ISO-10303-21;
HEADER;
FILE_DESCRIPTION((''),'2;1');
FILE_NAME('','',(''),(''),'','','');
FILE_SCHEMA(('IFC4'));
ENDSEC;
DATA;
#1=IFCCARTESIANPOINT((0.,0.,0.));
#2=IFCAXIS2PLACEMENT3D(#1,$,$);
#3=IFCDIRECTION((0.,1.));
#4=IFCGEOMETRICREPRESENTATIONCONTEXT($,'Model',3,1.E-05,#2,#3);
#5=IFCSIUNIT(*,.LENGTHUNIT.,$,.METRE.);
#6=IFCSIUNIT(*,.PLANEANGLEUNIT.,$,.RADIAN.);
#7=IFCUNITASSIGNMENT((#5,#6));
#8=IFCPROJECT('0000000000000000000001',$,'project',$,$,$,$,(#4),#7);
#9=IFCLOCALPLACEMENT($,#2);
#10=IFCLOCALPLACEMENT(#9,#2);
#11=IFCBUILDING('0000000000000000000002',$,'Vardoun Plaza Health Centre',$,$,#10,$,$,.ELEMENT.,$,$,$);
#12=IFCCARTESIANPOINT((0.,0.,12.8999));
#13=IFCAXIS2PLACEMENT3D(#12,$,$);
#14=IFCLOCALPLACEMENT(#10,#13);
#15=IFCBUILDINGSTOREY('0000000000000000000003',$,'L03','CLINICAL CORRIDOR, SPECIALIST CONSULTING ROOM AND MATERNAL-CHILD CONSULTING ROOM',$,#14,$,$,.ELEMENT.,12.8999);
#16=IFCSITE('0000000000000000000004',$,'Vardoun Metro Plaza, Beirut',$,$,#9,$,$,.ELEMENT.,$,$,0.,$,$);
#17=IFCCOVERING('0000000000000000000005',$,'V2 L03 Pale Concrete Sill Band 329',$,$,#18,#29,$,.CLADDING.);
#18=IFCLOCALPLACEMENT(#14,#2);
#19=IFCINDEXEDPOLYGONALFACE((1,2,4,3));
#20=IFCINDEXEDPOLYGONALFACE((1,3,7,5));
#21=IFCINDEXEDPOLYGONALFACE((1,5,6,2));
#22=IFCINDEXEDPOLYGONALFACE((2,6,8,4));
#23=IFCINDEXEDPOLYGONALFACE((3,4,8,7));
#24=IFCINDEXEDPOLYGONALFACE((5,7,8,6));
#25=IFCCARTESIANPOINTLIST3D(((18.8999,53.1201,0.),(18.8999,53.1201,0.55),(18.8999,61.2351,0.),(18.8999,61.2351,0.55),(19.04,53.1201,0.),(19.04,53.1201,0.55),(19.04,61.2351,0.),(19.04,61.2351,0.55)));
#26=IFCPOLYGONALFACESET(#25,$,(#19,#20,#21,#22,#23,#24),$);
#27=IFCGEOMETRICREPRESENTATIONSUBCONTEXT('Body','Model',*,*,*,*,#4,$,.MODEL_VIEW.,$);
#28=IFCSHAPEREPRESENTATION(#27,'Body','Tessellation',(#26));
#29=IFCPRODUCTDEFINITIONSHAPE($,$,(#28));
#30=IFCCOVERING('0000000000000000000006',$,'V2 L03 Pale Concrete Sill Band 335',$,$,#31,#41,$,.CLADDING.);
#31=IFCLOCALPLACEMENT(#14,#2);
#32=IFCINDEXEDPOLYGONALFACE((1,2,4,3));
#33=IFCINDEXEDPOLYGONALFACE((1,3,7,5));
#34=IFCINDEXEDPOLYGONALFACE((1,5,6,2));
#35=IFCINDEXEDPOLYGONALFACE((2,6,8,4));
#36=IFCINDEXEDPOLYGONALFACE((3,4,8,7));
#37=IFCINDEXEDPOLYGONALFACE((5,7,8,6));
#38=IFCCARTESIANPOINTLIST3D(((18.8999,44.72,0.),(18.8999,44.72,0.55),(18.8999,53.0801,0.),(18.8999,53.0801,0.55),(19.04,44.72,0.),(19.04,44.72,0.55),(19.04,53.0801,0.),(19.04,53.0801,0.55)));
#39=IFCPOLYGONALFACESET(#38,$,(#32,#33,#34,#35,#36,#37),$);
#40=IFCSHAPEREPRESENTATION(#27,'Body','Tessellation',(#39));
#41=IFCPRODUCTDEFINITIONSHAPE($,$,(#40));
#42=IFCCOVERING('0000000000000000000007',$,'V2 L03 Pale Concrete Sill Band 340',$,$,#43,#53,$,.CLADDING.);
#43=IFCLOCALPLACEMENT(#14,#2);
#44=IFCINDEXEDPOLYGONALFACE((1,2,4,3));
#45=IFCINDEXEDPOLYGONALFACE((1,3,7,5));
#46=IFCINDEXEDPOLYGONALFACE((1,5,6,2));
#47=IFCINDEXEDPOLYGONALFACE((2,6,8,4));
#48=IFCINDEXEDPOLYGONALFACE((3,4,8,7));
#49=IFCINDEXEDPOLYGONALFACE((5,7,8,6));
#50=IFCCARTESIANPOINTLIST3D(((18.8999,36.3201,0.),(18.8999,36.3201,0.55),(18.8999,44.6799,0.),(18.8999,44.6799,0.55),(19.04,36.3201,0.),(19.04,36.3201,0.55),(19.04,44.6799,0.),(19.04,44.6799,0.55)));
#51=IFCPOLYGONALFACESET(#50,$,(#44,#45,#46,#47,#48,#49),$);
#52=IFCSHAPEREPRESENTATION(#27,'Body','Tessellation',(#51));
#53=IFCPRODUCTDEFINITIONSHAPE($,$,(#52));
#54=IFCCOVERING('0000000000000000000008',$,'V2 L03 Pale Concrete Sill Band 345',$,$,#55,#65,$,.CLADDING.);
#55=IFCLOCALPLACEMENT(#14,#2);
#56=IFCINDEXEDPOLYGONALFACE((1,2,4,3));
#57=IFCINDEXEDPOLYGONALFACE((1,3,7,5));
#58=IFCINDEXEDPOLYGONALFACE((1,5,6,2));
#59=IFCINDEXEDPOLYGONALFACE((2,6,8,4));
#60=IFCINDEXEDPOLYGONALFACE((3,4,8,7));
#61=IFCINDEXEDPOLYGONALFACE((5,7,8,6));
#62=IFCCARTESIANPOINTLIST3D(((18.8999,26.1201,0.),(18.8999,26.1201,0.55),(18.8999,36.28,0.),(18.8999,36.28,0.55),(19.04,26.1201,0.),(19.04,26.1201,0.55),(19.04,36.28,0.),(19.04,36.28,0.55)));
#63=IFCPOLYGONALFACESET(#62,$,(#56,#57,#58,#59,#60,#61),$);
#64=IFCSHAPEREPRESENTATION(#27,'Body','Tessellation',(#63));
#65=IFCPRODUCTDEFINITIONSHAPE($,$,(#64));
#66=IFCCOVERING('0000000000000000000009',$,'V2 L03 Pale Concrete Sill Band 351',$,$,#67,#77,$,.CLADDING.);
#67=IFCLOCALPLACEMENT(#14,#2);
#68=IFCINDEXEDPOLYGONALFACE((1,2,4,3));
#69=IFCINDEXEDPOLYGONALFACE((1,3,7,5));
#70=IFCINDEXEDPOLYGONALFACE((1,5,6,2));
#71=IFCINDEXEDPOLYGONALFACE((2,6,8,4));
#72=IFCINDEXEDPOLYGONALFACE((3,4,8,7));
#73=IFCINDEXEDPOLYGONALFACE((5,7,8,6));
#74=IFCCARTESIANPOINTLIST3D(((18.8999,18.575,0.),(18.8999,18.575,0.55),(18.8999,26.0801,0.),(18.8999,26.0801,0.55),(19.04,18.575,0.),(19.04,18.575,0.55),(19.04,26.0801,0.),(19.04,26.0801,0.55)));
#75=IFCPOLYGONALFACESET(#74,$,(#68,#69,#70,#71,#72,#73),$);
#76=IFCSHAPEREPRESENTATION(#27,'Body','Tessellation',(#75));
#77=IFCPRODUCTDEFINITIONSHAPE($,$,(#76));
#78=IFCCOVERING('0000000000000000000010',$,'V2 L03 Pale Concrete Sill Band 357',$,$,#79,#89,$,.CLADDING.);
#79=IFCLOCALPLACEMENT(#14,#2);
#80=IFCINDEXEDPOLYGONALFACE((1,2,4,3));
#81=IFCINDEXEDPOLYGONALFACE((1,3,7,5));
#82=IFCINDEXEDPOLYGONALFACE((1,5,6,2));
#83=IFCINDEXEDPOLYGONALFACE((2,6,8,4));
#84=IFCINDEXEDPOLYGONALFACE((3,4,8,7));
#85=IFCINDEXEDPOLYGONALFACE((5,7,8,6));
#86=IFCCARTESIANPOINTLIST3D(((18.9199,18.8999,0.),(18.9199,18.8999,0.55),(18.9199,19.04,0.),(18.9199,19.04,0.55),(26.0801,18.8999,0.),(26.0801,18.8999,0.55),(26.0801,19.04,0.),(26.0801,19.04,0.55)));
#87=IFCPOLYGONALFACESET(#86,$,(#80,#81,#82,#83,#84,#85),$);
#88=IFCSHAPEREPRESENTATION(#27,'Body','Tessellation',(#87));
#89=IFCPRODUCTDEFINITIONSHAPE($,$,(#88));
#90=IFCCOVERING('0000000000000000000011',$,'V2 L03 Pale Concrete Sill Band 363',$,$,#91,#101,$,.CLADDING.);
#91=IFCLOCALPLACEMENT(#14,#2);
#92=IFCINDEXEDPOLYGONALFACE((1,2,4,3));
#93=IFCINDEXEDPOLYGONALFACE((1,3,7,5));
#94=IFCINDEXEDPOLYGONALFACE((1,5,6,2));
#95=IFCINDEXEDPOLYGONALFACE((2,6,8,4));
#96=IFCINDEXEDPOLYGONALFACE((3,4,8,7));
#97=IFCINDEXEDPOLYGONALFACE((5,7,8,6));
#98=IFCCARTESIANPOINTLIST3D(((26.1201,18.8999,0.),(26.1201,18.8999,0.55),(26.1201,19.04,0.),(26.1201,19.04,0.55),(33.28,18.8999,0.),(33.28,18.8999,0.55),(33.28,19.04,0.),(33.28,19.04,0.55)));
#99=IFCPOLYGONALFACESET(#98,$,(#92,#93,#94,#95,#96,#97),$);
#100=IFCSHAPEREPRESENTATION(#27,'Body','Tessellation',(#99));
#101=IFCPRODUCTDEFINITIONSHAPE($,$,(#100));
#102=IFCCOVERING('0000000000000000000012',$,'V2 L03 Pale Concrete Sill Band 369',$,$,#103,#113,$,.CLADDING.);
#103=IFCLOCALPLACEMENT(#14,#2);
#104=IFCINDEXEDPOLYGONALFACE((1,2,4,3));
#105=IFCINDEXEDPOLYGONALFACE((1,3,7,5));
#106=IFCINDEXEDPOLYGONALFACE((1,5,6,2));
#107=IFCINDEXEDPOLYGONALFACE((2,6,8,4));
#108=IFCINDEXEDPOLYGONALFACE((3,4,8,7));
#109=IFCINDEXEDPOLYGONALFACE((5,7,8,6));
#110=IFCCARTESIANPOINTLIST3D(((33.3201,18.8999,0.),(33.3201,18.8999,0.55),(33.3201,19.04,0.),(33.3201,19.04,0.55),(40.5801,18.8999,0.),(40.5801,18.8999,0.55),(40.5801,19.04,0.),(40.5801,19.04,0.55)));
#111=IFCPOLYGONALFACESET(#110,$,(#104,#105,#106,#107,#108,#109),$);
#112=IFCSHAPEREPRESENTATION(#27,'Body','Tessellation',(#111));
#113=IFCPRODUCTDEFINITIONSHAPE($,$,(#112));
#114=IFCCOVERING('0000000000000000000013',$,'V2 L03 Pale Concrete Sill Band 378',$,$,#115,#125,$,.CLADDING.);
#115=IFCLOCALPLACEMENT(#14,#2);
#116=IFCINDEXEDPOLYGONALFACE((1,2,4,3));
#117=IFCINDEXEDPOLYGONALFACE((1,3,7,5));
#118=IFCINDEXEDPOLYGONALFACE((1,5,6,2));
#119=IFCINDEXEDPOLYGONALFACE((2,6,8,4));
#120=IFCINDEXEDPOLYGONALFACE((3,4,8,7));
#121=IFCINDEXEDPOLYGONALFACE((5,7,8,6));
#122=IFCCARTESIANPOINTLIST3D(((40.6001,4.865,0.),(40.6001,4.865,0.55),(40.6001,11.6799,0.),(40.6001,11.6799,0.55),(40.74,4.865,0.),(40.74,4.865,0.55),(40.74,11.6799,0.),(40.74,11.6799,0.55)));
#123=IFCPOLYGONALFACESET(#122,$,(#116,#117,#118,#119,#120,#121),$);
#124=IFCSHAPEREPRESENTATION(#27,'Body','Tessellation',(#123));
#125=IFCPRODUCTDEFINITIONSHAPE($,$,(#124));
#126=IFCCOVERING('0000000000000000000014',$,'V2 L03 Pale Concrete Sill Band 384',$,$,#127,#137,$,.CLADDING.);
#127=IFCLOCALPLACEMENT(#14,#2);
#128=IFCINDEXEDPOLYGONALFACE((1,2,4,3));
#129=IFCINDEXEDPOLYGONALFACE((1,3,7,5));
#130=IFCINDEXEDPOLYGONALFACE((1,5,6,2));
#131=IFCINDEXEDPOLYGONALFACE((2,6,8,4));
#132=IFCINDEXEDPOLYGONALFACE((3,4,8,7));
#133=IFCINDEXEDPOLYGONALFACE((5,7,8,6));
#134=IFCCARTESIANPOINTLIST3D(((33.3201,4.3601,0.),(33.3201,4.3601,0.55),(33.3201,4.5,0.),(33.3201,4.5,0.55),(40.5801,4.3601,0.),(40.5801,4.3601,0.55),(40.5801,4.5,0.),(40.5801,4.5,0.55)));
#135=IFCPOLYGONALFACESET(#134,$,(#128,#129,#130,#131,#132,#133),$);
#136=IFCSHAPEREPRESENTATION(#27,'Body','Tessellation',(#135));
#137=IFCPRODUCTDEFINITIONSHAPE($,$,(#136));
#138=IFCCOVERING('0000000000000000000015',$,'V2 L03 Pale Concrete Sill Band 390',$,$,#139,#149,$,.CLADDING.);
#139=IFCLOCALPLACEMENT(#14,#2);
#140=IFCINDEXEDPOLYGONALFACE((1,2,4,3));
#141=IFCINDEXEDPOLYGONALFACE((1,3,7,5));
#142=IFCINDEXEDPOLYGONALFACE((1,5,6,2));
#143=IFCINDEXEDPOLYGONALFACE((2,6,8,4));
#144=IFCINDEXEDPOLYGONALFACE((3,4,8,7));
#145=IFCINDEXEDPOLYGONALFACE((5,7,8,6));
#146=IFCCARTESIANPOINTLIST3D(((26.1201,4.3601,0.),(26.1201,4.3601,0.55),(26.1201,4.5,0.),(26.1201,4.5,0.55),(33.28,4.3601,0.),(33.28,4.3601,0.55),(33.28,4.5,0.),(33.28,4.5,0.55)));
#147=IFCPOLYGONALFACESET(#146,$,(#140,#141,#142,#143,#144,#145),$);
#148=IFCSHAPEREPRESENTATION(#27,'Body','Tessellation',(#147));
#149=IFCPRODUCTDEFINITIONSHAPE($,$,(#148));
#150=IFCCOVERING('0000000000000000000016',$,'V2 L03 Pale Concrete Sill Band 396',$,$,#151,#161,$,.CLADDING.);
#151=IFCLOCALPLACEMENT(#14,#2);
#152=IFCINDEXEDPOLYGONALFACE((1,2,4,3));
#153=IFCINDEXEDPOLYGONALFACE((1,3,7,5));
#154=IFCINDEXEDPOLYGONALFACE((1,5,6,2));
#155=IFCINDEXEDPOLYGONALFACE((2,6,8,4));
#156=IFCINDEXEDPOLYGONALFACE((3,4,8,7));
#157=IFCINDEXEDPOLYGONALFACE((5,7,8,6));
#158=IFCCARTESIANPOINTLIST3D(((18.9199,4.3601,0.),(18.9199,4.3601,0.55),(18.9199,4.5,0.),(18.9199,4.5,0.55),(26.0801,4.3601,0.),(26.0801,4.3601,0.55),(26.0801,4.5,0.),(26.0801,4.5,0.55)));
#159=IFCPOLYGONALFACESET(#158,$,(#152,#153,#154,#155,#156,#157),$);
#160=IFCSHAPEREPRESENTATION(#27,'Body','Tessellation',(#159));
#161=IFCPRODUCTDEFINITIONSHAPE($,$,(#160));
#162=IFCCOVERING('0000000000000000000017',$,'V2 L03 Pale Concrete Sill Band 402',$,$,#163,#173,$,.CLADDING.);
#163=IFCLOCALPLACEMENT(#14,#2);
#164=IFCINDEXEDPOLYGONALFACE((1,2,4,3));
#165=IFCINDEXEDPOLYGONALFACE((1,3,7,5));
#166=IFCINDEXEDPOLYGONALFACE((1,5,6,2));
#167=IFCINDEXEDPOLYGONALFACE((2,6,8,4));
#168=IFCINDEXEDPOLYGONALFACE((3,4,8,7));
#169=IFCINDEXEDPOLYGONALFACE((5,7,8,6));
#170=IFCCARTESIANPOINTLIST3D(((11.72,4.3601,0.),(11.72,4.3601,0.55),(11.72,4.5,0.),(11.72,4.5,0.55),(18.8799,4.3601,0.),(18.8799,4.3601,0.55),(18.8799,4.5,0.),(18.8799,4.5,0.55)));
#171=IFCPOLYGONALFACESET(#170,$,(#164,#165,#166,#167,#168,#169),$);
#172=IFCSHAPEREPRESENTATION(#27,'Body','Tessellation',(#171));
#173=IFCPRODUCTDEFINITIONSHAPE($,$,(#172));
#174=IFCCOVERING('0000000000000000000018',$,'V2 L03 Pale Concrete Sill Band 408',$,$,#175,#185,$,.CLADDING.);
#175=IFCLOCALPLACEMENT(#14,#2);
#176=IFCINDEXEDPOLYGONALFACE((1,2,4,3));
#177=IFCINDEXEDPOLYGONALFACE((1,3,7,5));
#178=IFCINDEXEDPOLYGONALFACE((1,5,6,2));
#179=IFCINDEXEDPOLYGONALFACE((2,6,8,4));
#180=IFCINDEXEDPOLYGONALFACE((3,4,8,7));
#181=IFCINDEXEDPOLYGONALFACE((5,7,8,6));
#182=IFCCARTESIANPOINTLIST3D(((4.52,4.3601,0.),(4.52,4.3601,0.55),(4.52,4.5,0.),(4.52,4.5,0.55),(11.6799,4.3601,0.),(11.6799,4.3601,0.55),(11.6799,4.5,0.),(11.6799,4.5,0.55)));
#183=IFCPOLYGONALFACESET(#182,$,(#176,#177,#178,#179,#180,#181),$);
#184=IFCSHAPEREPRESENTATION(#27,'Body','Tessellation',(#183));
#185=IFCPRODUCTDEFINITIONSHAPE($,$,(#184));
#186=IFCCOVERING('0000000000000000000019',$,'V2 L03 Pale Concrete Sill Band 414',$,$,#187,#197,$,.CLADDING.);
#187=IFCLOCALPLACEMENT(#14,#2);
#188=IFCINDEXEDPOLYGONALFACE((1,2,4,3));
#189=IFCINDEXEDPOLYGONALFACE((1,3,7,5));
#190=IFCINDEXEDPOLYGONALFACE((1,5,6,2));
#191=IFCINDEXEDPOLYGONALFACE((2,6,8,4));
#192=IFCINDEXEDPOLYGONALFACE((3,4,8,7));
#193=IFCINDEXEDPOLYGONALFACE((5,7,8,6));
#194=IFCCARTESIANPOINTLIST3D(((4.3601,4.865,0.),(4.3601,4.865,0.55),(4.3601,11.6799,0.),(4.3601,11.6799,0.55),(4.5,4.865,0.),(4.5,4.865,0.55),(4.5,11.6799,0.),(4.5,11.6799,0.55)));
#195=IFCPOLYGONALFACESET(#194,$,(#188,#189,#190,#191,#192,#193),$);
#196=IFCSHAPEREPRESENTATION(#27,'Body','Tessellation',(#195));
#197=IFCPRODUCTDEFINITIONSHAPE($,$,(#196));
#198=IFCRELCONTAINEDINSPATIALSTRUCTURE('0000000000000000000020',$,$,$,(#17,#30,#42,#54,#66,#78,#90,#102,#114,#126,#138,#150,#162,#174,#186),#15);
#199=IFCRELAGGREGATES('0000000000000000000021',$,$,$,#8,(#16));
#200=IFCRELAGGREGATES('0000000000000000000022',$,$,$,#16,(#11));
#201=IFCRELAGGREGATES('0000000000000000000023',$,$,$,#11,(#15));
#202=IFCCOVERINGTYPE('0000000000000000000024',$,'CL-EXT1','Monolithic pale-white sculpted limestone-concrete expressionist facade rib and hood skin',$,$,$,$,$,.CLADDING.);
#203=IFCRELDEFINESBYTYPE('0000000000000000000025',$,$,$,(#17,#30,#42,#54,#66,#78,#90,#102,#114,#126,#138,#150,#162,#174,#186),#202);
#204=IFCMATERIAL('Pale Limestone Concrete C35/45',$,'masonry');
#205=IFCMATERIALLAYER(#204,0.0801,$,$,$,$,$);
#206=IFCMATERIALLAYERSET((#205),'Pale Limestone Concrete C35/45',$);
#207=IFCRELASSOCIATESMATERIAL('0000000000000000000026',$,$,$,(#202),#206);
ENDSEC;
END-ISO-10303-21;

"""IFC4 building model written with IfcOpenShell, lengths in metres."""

from ifc_helpers import new_model, si_unit, direction, frame, origin, place, context, subcontext, project, spatial, polyline, outline, extrude, material, layer, layer_set, type_object, element, save


model = new_model("IFC4")

# Units and contexts
model_context = context("Model", 3, precision=1e-05, world=origin(), true_north=direction((0.0, 1.0)))
body_context = subcontext(model_context, "Body", "Model", "MODEL_VIEW")
ifc_project = project(units=[si_unit("LENGTHUNIT", "METRE"), si_unit("PLANEANGLEUNIT", "RADIAN")], contexts=[model_context])

# Site, building, storey
site_placement = place(None, origin())
site = spatial("IfcSite", under=ifc_project, at=site_placement, Name="Vardoun Metro Plaza, Beirut", CompositionType="ELEMENT", RefElevation=0.0)
building_placement = place(site_placement, origin())
building = spatial("IfcBuilding", under=site, at=building_placement, Name="Vardoun Plaza Health Centre", CompositionType="ELEMENT")
storey_placement = place(building_placement, frame((0.0, 0.0, 12.8999)))
storey = spatial("IfcBuildingStorey", under=building, at=storey_placement, Name="L03", Description="CLINICAL CORRIDOR, SPECIALIST CONSULTING ROOM AND MATERNAL-CHILD CONSULTING ROOM", CompositionType="ELEMENT", Elevation=12.8999)

# Coverings
ifc_material_1 = material(Name="Pale Limestone Concrete C35/45", Category="masonry")
ifc_layer_1 = layer(ifc_material_1, 0.0801)
ifc_layer_set_1 = layer_set([ifc_layer_1], Name="Pale Limestone Concrete C35/45")
covering_type = type_object("IfcCoveringType", Name="CL-EXT1", Description="Monolithic pale-white sculpted limestone-concrete expressionist facade rib and hood skin", PredefinedType="CLADDING", material=ifc_layer_set_1)
covering_1_placement = place(storey_placement, origin())
element("IfcCovering", 1, at=covering_1_placement, inside=storey, type_object=covering_type, Name="V2 L03 Pale Concrete Sill Band 329", PredefinedType="CLADDING", context=body_context, shape_type="SweptSolid", body=[
    extrude(outline(polyline([(18.8999, 61.2351), (18.8999, 53.1201), (19.04, 53.1201), (19.04, 61.2351), (18.8999, 61.2351)])), origin(), (0.0, 0.0, 1.0), 0.55),
])
covering_2_placement = place(storey_placement, origin())
element("IfcCovering", 2, at=covering_2_placement, inside=storey, type_object=covering_type, Name="V2 L03 Pale Concrete Sill Band 335", PredefinedType="CLADDING", context=body_context, shape_type="SweptSolid", body=[
    extrude(outline(polyline([(18.8999, 53.0801), (18.8999, 44.72), (19.04, 44.72), (19.04, 53.0801), (18.8999, 53.0801)])), origin(), (0.0, 0.0, 1.0), 0.55),
])
covering_3_placement = place(storey_placement, origin())
element("IfcCovering", 3, at=covering_3_placement, inside=storey, type_object=covering_type, Name="V2 L03 Pale Concrete Sill Band 340", PredefinedType="CLADDING", context=body_context, shape_type="SweptSolid", body=[
    extrude(outline(polyline([(18.8999, 44.6799), (18.8999, 36.3201), (19.04, 36.3201), (19.04, 44.6799), (18.8999, 44.6799)])), origin(), (0.0, 0.0, 1.0), 0.55),
])
covering_4_placement = place(storey_placement, origin())
element("IfcCovering", 4, at=covering_4_placement, inside=storey, type_object=covering_type, Name="V2 L03 Pale Concrete Sill Band 345", PredefinedType="CLADDING", context=body_context, shape_type="SweptSolid", body=[
    extrude(outline(polyline([(18.8999, 36.28), (18.8999, 26.1201), (19.04, 26.1201), (19.04, 36.28), (18.8999, 36.28)])), origin(), (0.0, 0.0, 1.0), 0.55),
])
covering_5_placement = place(storey_placement, origin())
element("IfcCovering", 5, at=covering_5_placement, inside=storey, type_object=covering_type, Name="V2 L03 Pale Concrete Sill Band 351", PredefinedType="CLADDING", context=body_context, shape_type="SweptSolid", body=[
    extrude(outline(polyline([(18.8999, 26.0801), (18.8999, 18.575), (19.04, 18.575), (19.04, 26.0801), (18.8999, 26.0801)])), origin(), (0.0, 0.0, 1.0), 0.55),
])
covering_6_placement = place(storey_placement, origin())
element("IfcCovering", 6, at=covering_6_placement, inside=storey, type_object=covering_type, Name="V2 L03 Pale Concrete Sill Band 357", PredefinedType="CLADDING", context=body_context, shape_type="SweptSolid", body=[
    extrude(outline(polyline([(18.9199, 18.8999), (26.0801, 18.8999), (26.0801, 19.04), (18.9199, 19.04), (18.9199, 18.8999)])), origin(), (0.0, 0.0, 1.0), 0.55),
])
covering_7_placement = place(storey_placement, origin())
element("IfcCovering", 7, at=covering_7_placement, inside=storey, type_object=covering_type, Name="V2 L03 Pale Concrete Sill Band 363", PredefinedType="CLADDING", context=body_context, shape_type="SweptSolid", body=[
    extrude(outline(polyline([(26.1201, 18.8999), (33.28, 18.8999), (33.28, 19.04), (26.1201, 19.04), (26.1201, 18.8999)])), origin(), (0.0, 0.0, 1.0), 0.55),
])
covering_8_placement = place(storey_placement, origin())
element("IfcCovering", 8, at=covering_8_placement, inside=storey, type_object=covering_type, Name="V2 L03 Pale Concrete Sill Band 369", PredefinedType="CLADDING", context=body_context, shape_type="SweptSolid", body=[
    extrude(outline(polyline([(33.3201, 18.8999), (40.5801, 18.8999), (40.5801, 19.04), (33.3201, 19.04), (33.3201, 18.8999)])), origin(), (0.0, 0.0, 1.0), 0.55),
])
covering_9_placement = place(storey_placement, origin())
element("IfcCovering", 9, at=covering_9_placement, inside=storey, type_object=covering_type, Name="V2 L03 Pale Concrete Sill Band 378", PredefinedType="CLADDING", context=body_context, shape_type="SweptSolid", body=[
    extrude(outline(polyline([(40.6001, 11.6799), (40.6001, 4.865), (40.74, 4.865), (40.74, 11.6799), (40.6001, 11.6799)])), origin(), (0.0, 0.0, 1.0), 0.55),
])
covering_10_placement = place(storey_placement, origin())
element("IfcCovering", 10, at=covering_10_placement, inside=storey, type_object=covering_type, Name="V2 L03 Pale Concrete Sill Band 384", PredefinedType="CLADDING", context=body_context, shape_type="SweptSolid", body=[
    extrude(outline(polyline([(40.5801, 4.5), (33.3201, 4.5), (33.3201, 4.3601), (40.5801, 4.3601), (40.5801, 4.5)])), origin(), (0.0, 0.0, 1.0), 0.55),
])
covering_11_placement = place(storey_placement, origin())
element("IfcCovering", 11, at=covering_11_placement, inside=storey, type_object=covering_type, Name="V2 L03 Pale Concrete Sill Band 390", PredefinedType="CLADDING", context=body_context, shape_type="SweptSolid", body=[
    extrude(outline(polyline([(33.28, 4.5), (26.1201, 4.5), (26.1201, 4.3601), (33.28, 4.3601), (33.28, 4.5)])), origin(), (0.0, 0.0, 1.0), 0.55),
])
covering_12_placement = place(storey_placement, origin())
element("IfcCovering", 12, at=covering_12_placement, inside=storey, type_object=covering_type, Name="V2 L03 Pale Concrete Sill Band 396", PredefinedType="CLADDING", context=body_context, shape_type="SweptSolid", body=[
    extrude(outline(polyline([(26.0801, 4.5), (18.9199, 4.5), (18.9199, 4.3601), (26.0801, 4.3601), (26.0801, 4.5)])), origin(), (0.0, 0.0, 1.0), 0.55),
])
covering_13_placement = place(storey_placement, origin())
element("IfcCovering", 13, at=covering_13_placement, inside=storey, type_object=covering_type, Name="V2 L03 Pale Concrete Sill Band 402", PredefinedType="CLADDING", context=body_context, shape_type="SweptSolid", body=[
    extrude(outline(polyline([(18.8799, 4.5), (11.72, 4.5), (11.72, 4.3601), (18.8799, 4.3601), (18.8799, 4.5)])), origin(), (0.0, 0.0, 1.0), 0.55),
])
covering_14_placement = place(storey_placement, origin())
element("IfcCovering", 14, at=covering_14_placement, inside=storey, type_object=covering_type, Name="V2 L03 Pale Concrete Sill Band 408", PredefinedType="CLADDING", context=body_context, shape_type="SweptSolid", body=[
    extrude(outline(polyline([(11.6799, 4.5), (4.52, 4.5), (4.52, 4.3601), (11.6799, 4.3601), (11.6799, 4.5)])), origin(), (0.0, 0.0, 1.0), 0.55),
])
covering_15_placement = place(storey_placement, origin())
element("IfcCovering", 15, at=covering_15_placement, inside=storey, type_object=covering_type, Name="V2 L03 Pale Concrete Sill Band 414", PredefinedType="CLADDING", context=body_context, shape_type="SweptSolid", body=[
    extrude(outline(polyline([(4.5, 4.865), (4.5, 11.6799), (4.3601, 11.6799), (4.3601, 4.865), (4.5, 4.865)])), origin(), (0.0, 0.0, 1.0), 0.55),
])

save(model, "model.ifc")
